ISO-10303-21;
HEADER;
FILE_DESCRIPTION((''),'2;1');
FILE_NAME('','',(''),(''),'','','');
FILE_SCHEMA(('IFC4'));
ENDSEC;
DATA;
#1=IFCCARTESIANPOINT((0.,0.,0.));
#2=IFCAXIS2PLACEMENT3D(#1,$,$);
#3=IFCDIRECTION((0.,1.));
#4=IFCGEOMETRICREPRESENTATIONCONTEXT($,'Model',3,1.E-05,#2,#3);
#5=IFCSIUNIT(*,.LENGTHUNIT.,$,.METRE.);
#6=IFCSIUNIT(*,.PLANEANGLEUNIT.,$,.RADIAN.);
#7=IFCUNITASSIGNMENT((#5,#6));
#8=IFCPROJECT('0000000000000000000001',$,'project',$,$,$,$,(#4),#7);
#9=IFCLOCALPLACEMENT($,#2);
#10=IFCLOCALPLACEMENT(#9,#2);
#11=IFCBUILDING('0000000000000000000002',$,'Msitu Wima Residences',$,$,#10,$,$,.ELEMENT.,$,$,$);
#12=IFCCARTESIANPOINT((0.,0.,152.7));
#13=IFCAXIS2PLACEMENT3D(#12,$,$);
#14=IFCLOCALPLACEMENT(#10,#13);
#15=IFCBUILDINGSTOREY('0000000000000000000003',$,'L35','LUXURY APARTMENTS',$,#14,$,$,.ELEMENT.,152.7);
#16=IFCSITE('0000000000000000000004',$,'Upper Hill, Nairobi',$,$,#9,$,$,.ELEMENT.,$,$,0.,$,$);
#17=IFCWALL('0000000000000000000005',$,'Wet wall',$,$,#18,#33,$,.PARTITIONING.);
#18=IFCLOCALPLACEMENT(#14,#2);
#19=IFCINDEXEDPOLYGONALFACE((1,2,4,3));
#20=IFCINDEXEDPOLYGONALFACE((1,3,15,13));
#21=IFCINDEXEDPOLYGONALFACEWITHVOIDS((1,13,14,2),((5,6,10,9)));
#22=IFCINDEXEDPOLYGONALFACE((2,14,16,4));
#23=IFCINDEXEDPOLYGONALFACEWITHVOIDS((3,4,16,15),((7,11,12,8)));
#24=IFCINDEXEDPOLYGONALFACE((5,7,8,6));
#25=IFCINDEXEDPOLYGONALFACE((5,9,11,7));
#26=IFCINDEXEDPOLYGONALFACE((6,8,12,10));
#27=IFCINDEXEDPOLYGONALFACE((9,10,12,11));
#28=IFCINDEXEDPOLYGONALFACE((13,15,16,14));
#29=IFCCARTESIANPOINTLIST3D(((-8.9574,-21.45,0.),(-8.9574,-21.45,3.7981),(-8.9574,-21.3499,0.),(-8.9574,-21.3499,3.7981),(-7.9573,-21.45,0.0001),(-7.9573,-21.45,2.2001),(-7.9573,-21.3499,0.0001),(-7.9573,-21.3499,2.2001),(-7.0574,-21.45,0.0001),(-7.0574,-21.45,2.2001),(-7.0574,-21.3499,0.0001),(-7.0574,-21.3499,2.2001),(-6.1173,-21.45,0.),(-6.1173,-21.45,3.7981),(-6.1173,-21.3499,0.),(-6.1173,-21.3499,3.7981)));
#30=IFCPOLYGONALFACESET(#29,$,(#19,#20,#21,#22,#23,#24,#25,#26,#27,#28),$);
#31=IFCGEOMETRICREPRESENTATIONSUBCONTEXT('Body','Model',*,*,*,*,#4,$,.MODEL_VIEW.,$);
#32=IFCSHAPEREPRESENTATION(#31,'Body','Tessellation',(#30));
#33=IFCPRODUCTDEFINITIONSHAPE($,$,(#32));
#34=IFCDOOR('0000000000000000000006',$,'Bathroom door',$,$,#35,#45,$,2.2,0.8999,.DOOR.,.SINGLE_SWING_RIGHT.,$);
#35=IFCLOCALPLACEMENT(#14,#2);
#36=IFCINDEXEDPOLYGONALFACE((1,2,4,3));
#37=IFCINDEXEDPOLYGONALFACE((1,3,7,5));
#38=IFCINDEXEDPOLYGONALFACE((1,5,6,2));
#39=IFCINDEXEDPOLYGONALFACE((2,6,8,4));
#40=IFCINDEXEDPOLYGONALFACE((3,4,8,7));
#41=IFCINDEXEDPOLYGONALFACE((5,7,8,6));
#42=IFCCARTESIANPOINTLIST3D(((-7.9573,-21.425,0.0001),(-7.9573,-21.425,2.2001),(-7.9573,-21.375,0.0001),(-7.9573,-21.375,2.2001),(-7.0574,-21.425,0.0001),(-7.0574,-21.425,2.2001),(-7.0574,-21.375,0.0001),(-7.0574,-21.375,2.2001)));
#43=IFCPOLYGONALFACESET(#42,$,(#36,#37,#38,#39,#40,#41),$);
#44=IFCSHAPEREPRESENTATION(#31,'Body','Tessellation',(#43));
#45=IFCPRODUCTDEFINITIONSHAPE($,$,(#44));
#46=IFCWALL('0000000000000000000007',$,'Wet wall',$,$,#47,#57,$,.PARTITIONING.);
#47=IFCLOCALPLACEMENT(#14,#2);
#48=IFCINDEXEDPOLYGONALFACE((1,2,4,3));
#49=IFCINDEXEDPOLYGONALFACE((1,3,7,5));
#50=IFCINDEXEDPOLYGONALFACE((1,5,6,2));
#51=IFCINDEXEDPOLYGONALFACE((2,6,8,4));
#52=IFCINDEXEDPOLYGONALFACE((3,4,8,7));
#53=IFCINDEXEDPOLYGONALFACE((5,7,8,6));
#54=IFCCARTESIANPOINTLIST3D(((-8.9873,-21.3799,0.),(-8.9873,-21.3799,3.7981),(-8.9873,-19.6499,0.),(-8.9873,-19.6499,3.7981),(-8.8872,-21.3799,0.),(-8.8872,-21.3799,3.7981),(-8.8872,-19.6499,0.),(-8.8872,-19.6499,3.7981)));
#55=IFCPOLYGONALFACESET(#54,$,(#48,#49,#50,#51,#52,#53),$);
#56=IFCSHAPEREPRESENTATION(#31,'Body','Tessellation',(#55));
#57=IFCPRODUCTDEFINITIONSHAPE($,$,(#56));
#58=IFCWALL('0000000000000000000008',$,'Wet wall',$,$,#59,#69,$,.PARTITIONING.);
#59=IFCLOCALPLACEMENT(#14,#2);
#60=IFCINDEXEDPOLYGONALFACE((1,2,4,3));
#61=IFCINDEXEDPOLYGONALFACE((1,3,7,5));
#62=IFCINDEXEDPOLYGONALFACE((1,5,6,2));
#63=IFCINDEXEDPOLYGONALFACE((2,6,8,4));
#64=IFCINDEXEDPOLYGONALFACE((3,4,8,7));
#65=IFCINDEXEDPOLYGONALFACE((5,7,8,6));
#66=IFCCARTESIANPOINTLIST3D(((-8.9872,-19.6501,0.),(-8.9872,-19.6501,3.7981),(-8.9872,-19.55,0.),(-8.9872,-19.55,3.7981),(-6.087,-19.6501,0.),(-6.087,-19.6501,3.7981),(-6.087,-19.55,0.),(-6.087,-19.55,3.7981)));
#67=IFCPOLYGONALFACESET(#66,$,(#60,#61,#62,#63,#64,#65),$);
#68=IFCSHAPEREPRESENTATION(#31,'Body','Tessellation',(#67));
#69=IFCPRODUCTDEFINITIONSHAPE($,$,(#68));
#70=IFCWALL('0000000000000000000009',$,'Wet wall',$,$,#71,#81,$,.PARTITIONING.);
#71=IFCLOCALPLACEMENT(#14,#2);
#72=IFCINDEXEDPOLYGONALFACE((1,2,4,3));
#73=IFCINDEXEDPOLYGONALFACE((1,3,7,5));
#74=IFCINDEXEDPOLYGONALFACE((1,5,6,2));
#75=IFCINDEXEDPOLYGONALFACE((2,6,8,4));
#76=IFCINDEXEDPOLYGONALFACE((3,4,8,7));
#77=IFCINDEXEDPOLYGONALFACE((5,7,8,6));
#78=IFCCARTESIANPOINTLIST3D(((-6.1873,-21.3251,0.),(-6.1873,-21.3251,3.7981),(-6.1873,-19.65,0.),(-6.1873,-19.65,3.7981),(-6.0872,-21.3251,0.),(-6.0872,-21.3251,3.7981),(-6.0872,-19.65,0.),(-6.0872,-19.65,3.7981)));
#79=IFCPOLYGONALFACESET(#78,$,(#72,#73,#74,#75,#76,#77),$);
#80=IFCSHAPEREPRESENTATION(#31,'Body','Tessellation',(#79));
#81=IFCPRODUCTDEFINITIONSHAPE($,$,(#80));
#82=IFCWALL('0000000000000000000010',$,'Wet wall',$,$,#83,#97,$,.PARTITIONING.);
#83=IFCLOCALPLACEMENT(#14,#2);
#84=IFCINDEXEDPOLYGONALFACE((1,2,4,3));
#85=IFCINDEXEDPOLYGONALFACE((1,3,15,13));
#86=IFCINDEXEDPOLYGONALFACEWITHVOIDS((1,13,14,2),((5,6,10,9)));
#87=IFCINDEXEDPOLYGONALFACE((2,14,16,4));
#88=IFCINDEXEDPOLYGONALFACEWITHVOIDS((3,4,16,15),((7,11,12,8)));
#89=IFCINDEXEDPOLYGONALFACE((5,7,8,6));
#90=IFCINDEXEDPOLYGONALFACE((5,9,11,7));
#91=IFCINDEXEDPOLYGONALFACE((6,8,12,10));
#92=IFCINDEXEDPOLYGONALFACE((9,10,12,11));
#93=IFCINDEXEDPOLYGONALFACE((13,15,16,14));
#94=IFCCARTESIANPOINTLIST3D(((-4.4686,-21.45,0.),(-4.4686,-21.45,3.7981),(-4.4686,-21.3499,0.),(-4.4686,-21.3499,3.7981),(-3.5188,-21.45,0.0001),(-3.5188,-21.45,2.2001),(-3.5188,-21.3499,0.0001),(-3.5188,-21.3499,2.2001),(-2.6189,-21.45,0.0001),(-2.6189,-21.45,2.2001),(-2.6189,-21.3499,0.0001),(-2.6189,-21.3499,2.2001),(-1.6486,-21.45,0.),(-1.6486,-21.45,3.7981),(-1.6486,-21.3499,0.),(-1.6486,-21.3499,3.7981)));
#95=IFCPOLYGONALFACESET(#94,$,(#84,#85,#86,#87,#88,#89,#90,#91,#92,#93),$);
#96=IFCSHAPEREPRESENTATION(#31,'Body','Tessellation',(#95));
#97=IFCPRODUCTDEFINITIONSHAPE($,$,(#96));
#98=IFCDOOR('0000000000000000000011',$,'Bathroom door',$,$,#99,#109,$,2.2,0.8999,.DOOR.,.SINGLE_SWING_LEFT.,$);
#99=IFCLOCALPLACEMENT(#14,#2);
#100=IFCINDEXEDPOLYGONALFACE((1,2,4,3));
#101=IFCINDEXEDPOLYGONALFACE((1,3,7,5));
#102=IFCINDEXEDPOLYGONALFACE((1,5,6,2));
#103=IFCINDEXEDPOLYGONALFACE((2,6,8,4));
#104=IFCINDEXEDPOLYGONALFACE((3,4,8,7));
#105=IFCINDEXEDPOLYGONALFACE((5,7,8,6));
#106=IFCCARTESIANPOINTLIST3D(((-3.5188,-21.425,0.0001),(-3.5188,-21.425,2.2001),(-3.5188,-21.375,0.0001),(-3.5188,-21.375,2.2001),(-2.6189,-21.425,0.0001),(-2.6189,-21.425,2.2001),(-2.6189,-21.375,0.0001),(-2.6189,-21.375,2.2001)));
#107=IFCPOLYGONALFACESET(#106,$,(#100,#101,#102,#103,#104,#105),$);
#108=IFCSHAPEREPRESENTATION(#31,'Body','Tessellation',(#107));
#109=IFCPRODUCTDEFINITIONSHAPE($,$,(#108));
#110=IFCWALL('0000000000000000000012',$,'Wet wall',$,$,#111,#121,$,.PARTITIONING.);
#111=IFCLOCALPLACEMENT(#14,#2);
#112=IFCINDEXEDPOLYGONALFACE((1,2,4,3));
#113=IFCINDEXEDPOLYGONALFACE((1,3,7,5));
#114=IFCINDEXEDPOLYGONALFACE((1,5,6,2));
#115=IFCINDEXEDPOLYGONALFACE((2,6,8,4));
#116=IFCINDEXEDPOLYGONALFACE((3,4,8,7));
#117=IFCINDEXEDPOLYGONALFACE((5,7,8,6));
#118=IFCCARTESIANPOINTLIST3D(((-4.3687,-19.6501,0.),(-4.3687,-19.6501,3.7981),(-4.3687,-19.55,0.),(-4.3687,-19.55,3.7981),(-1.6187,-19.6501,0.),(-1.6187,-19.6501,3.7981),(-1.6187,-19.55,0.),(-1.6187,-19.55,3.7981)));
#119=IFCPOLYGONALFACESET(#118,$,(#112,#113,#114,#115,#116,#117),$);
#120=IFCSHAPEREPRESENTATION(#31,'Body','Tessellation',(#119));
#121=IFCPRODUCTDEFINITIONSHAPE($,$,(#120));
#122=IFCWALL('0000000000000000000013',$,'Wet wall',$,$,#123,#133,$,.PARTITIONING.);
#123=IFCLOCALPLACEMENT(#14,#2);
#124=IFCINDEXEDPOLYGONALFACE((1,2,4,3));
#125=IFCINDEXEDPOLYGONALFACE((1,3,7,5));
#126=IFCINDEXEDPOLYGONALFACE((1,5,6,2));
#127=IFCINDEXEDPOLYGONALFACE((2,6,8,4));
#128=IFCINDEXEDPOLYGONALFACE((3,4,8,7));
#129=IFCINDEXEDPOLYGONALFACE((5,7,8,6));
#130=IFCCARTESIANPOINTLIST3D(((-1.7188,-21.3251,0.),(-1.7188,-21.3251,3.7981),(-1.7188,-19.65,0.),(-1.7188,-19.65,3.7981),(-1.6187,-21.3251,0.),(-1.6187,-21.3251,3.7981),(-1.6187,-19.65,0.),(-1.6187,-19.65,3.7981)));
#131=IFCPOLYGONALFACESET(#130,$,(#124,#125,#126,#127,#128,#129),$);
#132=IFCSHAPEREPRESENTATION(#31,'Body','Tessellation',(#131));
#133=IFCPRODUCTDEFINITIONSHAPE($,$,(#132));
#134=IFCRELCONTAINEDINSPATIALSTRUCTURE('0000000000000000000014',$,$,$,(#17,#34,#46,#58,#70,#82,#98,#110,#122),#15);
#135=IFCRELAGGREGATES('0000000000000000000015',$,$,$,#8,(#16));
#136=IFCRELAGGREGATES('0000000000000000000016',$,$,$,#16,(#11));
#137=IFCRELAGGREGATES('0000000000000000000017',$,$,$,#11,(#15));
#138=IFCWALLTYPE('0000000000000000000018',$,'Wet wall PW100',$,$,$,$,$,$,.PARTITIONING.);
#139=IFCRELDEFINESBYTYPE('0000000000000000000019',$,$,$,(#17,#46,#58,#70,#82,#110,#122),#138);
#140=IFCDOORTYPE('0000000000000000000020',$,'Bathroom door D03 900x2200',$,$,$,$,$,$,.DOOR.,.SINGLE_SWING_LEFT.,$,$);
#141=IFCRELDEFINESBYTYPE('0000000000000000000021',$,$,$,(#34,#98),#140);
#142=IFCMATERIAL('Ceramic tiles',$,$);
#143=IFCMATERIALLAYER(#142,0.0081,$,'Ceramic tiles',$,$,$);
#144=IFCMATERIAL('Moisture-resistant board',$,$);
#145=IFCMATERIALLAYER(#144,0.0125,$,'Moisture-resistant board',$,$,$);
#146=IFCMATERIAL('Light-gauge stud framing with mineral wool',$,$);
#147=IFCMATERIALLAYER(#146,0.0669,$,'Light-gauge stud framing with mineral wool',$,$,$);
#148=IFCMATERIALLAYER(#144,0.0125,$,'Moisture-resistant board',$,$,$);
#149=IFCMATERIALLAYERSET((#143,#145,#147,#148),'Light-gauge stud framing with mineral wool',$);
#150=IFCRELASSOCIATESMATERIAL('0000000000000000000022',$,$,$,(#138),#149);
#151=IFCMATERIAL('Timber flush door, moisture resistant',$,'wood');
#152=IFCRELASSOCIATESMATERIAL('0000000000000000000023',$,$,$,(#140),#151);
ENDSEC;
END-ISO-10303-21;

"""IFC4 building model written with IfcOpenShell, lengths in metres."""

from ifc_helpers import new_model, si_unit, direction, frame, frame_2d, origin, place, context, subcontext, project, spatial, rectangle, extrude, material, layer, layer_set, type_object, element, fill, save


model = new_model("IFC4")

# Units and contexts
model_context = context("Model", 3, precision=1e-05, world=origin(), true_north=direction((0.0, 1.0)))
body_context = subcontext(model_context, "Body", "Model", "MODEL_VIEW")
ifc_project = project(units=[si_unit("LENGTHUNIT", "METRE"), si_unit("PLANEANGLEUNIT", "RADIAN")], contexts=[model_context])

# Site, building, storey
site_placement = place(None, origin())
site = spatial("IfcSite", under=ifc_project, at=site_placement, Name="Upper Hill, Nairobi", CompositionType="ELEMENT", RefElevation=0.0)
building_placement = place(site_placement, origin())
building = spatial("IfcBuilding", under=site, at=building_placement, Name="Msitu Wima Residences", CompositionType="ELEMENT")
storey_placement = place(building_placement, frame((0.0, 0.0, 152.7)))
storey = spatial("IfcBuildingStorey", under=building, at=storey_placement, Name="L35", Description="LUXURY APARTMENTS", CompositionType="ELEMENT", Elevation=152.7)

# Wall, opening, door
ifc_material_1 = material(Name="Ceramic tiles")
ifc_layer_1 = layer(ifc_material_1, 0.0081, Name="Ceramic tiles")
ifc_material_2 = material(Name="Moisture-resistant board")
ifc_layer_2 = layer(ifc_material_2, 0.0125, Name="Moisture-resistant board")
ifc_material_3 = material(Name="Light-gauge stud framing with mineral wool")
ifc_layer_3 = layer(ifc_material_3, 0.0669, Name="Light-gauge stud framing with mineral wool")
ifc_layer_4 = layer(ifc_material_2, 0.0125, Name="Moisture-resistant board")
ifc_layer_set_1 = layer_set([ifc_layer_1, ifc_layer_2, ifc_layer_3, ifc_layer_4], Name="Light-gauge stud framing with mineral wool")
wall_type_1 = type_object("IfcWallType", Name="Wet wall PW100", PredefinedType="PARTITIONING", material=ifc_layer_set_1)
wall_1_placement = place(storey_placement, frame((-8.9573, -21.3999, 0.0), z_axis=(0.0, 0.0, 1.0), x_axis=(1.0, 0.0, 0.0)))
wall_1 = element("IfcWall", 1, at=wall_1_placement, inside=storey, type_object=wall_type_1, Name="Wet wall", PredefinedType="PARTITIONING", context=body_context, shape_type="SweptSolid", body=[
    extrude(rectangle(XDim=2.8401, YDim=0.1001, at=frame_2d((1.4199, 0.0))), origin(), (0.0, 0.0, 1.0), 3.7981),
])
opening_1_placement = place(wall_1_placement, frame((1.0, 0.0, 0.0)))
opening_1 = element("IfcOpeningElement", 2, at=opening_1_placement, cuts=wall_1, PredefinedType="OPENING", context=body_context, shape_type="SweptSolid", body=[
    extrude(rectangle(XDim=0.8999, YDim=2.2, at=frame_2d((0.45, 1.1001))), frame((0.0, 0.0601, 0.0), z_axis=(0.0, -1.0, 0.0), x_axis=(1.0, 0.0, 0.0)), (0.0, 0.0, 1.0), 0.1201),
])
ifc_material_4 = material(Name="Timber flush door, moisture resistant", Category="wood")
door_type_1 = type_object("IfcDoorType", Name="Bathroom door D03 900x2200", OperationType="SINGLE_SWING_LEFT", PredefinedType="DOOR", material=ifc_material_4)
door_1_placement = place(opening_1_placement, origin())
door_1 = element("IfcDoor", 3, at=door_1_placement, inside=storey, type_object=door_type_1, Name="Bathroom door", OperationType="SINGLE_SWING_RIGHT", OverallHeight=2.2, OverallWidth=0.8999, PredefinedType="DOOR", context=body_context, shape_type="SweptSolid", body=[
    extrude(rectangle(XDim=0.8999, YDim=2.2, at=frame_2d((0.45, 1.1001))), frame((0.0, 0.0249, 0.0), z_axis=(0.0, -1.0, 0.0), x_axis=(1.0, 0.0, 0.0)), (0.0, 0.0, 1.0), 0.05),
])
fill(opening_1, door_1)

# Walls
wall_2_placement = place(storey_placement, frame((-8.9373, -21.3799, 0.0), z_axis=(0.0, 0.0, 1.0), x_axis=(0.0, 1.0, 0.0)))
element("IfcWall", 4, at=wall_2_placement, inside=storey, type_object=wall_type_1, Name="Wet wall", PredefinedType="PARTITIONING", context=body_context, shape_type="SweptSolid", body=[
    extrude(rectangle(XDim=1.73, YDim=0.1001, at=frame_2d((0.865, 0.0))), origin(), (0.0, 0.0, 1.0), 3.7981),
])
wall_3_placement = place(storey_placement, frame((-8.9873, -19.6001, 0.0), z_axis=(0.0, 0.0, 1.0), x_axis=(1.0, 0.0, 0.0)))
element("IfcWall", 5, at=wall_3_placement, inside=storey, type_object=wall_type_1, Name="Wet wall", PredefinedType="PARTITIONING", context=body_context, shape_type="SweptSolid", body=[
    extrude(rectangle(XDim=2.9001, YDim=0.1001, at=frame_2d((1.4502, 0.0))), origin(), (0.0, 0.0, 1.0), 3.7981),
])
wall_4_placement = place(storey_placement, frame((-6.1372, -21.325, 0.0), z_axis=(0.0, 0.0, 1.0), x_axis=(0.0, 1.0, 0.0)))
element("IfcWall", 6, at=wall_4_placement, inside=storey, type_object=wall_type_1, Name="Wet wall", PredefinedType="PARTITIONING", context=body_context, shape_type="SweptSolid", body=[
    extrude(rectangle(XDim=1.675, YDim=0.1001, at=frame_2d((0.8374, 0.0))), origin(), (0.0, 0.0, 1.0), 3.7981),
])

# Wall, opening, door
wall_5_placement = place(storey_placement, frame((-4.4688, -21.3999, 0.0), z_axis=(0.0, 0.0, 1.0), x_axis=(1.0, 0.0, 0.0)))
wall_5 = element("IfcWall", 7, at=wall_5_placement, inside=storey, type_object=wall_type_1, Name="Wet wall", PredefinedType="PARTITIONING", context=body_context, shape_type="SweptSolid", body=[
    extrude(rectangle(XDim=2.8201, YDim=0.1001, at=frame_2d((1.4102, 0.0))), origin(), (0.0, 0.0, 1.0), 3.7981),
])
opening_2_placement = place(wall_5_placement, frame((0.95, 0.0, 0.0)))
opening_2 = element("IfcOpeningElement", 8, at=opening_2_placement, cuts=wall_5, PredefinedType="OPENING", context=body_context, shape_type="SweptSolid", body=[
    extrude(rectangle(XDim=0.8999, YDim=2.2, at=frame_2d((0.45, 1.1001))), frame((0.0, 0.0601, 0.0), z_axis=(0.0, -1.0, 0.0), x_axis=(1.0, 0.0, 0.0)), (0.0, 0.0, 1.0), 0.1201),
])
door_2_placement = place(opening_2_placement, origin())
door_2 = element("IfcDoor", 9, at=door_2_placement, inside=storey, type_object=door_type_1, Name="Bathroom door", OperationType="SINGLE_SWING_LEFT", OverallHeight=2.2, OverallWidth=0.8999, PredefinedType="DOOR", context=body_context, shape_type="SweptSolid", body=[
    extrude(rectangle(XDim=0.8999, YDim=2.2, at=frame_2d((0.45, 1.1001))), frame((0.0, 0.0249, 0.0), z_axis=(0.0, -1.0, 0.0), x_axis=(1.0, 0.0, 0.0)), (0.0, 0.0, 1.0), 0.05),
])
fill(opening_2, door_2)

# Walls
wall_6_placement = place(storey_placement, frame((-4.3687, -19.6001, 0.0), z_axis=(0.0, 0.0, 1.0), x_axis=(1.0, 0.0, 0.0)))
element("IfcWall", 10, at=wall_6_placement, inside=storey, type_object=wall_type_1, Name="Wet wall", PredefinedType="PARTITIONING", context=body_context, shape_type="SweptSolid", body=[
    extrude(rectangle(XDim=2.75, YDim=0.1001, at=frame_2d((1.375, 0.0))), origin(), (0.0, 0.0, 1.0), 3.7981),
])
wall_7_placement = place(storey_placement, frame((-1.6687, -21.325, 0.0), z_axis=(0.0, 0.0, 1.0), x_axis=(0.0, 1.0, 0.0)))
element("IfcWall", 11, at=wall_7_placement, inside=storey, type_object=wall_type_1, Name="Wet wall", PredefinedType="PARTITIONING", context=body_context, shape_type="SweptSolid", body=[
    extrude(rectangle(XDim=1.675, YDim=0.1001, at=frame_2d((0.8374, 0.0))), origin(), (0.0, 0.0, 1.0), 3.7981),
])

save(model, "model.ifc")
